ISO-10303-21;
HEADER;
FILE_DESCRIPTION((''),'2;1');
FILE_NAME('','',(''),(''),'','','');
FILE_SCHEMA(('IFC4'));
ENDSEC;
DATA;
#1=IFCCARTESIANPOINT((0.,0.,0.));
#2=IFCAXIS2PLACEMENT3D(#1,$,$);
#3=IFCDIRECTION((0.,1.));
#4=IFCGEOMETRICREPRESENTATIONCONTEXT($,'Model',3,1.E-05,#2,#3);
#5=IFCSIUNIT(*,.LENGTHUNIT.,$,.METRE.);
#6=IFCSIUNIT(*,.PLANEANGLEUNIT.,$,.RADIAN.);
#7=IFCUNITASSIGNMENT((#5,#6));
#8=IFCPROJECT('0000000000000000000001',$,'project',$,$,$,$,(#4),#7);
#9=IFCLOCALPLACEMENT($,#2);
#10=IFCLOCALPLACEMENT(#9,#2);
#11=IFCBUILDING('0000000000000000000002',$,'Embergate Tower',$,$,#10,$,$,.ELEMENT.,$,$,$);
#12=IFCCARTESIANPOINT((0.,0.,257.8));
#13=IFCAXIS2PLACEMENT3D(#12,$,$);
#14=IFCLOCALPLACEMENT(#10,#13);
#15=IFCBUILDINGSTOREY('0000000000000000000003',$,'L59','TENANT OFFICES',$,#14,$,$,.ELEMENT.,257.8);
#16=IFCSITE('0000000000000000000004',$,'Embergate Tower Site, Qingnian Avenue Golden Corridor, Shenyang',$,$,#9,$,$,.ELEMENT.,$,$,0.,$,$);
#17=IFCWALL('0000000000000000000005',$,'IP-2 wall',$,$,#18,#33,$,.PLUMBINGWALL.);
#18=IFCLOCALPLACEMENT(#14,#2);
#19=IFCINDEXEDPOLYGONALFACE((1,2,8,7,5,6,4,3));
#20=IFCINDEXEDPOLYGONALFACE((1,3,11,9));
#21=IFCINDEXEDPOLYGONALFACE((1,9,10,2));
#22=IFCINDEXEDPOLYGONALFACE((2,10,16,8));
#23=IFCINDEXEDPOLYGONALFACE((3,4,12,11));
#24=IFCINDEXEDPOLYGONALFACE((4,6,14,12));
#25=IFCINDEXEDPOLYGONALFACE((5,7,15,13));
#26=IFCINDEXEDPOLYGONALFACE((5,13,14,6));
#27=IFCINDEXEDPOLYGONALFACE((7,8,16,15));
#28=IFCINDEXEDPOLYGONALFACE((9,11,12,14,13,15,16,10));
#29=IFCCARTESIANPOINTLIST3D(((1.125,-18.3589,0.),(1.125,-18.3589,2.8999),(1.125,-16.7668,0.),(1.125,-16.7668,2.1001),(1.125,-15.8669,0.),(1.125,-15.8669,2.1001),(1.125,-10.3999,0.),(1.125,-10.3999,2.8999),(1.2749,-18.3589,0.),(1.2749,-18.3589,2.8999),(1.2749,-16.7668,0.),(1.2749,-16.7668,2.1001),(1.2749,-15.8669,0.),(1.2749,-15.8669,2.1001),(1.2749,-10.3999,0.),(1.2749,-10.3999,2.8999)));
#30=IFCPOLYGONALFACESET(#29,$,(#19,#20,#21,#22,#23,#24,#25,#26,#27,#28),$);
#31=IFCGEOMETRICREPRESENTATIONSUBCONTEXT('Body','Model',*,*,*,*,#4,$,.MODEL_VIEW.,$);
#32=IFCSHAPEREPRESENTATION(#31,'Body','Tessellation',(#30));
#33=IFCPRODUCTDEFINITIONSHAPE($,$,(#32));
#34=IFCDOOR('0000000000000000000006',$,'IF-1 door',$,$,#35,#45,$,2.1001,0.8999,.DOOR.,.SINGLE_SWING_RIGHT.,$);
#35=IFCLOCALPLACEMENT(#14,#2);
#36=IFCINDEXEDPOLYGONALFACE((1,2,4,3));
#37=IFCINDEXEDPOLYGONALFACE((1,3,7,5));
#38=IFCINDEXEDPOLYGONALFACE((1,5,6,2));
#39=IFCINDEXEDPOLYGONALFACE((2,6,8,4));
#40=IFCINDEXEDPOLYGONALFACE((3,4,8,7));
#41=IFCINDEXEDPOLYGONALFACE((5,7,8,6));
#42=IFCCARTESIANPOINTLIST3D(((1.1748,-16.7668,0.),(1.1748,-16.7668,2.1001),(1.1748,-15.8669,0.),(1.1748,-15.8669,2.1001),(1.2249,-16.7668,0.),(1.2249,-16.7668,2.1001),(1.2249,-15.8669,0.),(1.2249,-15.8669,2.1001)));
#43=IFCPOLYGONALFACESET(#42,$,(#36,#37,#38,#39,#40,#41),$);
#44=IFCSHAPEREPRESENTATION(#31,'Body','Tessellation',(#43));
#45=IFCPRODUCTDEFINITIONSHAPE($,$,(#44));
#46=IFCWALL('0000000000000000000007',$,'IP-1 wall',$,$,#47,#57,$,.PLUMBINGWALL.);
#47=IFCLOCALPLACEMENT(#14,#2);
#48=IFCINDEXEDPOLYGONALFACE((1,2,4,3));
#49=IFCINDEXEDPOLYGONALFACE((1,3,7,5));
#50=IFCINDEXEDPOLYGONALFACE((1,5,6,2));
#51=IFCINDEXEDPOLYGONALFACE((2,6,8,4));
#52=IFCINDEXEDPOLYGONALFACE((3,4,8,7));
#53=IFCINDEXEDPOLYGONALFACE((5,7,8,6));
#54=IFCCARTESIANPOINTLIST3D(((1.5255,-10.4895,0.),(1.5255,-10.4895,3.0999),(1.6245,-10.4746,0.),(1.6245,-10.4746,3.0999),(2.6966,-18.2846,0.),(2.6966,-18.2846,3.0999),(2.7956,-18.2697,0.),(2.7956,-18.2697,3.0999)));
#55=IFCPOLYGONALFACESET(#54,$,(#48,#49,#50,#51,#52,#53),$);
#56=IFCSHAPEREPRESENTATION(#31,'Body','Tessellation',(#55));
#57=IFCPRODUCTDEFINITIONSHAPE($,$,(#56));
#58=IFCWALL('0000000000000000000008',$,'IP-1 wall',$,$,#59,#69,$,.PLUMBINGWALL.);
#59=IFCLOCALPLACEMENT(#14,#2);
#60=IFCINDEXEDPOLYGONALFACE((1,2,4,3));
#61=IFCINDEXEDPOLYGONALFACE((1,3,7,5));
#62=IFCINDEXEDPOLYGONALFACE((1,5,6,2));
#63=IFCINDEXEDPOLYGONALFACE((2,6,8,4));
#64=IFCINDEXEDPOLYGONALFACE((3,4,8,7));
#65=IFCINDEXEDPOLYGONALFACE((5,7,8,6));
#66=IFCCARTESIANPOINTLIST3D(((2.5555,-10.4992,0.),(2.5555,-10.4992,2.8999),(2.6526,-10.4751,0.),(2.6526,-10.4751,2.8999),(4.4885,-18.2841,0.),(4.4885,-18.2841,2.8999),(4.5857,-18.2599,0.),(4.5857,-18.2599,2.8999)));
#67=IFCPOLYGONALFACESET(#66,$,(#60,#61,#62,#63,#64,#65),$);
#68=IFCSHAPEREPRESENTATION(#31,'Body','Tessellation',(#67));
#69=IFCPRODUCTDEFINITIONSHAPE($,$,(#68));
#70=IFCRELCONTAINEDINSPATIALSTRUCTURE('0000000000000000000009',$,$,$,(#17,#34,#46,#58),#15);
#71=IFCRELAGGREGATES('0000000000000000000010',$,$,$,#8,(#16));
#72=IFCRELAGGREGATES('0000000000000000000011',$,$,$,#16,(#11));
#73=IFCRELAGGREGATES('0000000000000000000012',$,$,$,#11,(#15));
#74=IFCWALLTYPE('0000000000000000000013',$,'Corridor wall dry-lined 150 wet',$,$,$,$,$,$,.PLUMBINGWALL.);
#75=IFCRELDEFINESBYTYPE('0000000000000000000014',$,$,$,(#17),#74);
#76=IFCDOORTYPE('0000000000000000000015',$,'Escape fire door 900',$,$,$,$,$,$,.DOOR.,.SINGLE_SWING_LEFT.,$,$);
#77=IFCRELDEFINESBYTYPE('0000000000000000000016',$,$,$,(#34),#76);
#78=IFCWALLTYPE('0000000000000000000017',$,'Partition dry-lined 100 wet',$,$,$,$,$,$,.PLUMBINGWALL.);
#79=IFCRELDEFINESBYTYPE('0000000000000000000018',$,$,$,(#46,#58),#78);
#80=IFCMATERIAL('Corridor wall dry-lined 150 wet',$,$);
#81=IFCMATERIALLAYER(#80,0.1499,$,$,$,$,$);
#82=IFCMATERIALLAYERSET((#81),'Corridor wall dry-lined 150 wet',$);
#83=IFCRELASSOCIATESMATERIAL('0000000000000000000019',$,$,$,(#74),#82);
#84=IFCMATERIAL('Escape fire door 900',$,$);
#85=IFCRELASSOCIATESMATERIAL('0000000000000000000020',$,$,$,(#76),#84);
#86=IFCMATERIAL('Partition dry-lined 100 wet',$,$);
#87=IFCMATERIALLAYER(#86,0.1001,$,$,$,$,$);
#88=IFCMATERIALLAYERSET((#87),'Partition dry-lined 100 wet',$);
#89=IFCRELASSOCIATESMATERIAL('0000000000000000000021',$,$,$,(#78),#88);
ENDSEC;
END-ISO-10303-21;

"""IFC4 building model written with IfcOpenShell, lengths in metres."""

from ifc_helpers import new_model, si_unit, direction, frame, frame_2d, origin, place, context, subcontext, project, spatial, rectangle, extrude, source, transform, mapped, material, layer, layer_set, type_object, element, fill, save


model = new_model("IFC4")

# Units and contexts
model_context = context("Model", 3, precision=1e-05, world=origin(), true_north=direction((0.0, 1.0)))
body_context = subcontext(model_context, "Body", "Model", "MODEL_VIEW")
ifc_project = project(units=[si_unit("LENGTHUNIT", "METRE"), si_unit("PLANEANGLEUNIT", "RADIAN")], contexts=[model_context])

# Site, building, storey
site_placement = place(None, origin())
site = spatial("IfcSite", under=ifc_project, at=site_placement, Name="Embergate Tower Site, Qingnian Avenue Golden Corridor, Shenyang", CompositionType="ELEMENT", RefElevation=0.0)
building_placement = place(site_placement, origin())
building = spatial("IfcBuilding", under=site, at=building_placement, Name="Embergate Tower", CompositionType="ELEMENT")
storey_placement = place(building_placement, frame((0.0, 0.0, 257.8)))
storey = spatial("IfcBuildingStorey", under=building, at=storey_placement, Name="L59", Description="TENANT OFFICES", CompositionType="ELEMENT", Elevation=257.8)

# Shared definitions
shared_shape_1 = source(origin(), body_context, "Body", "SweptSolid", [
    extrude(rectangle(XDim=0.8999, YDim=2.1001, at=frame_2d((0.45, 1.05))), frame((0.0, 0.0249, 0.0), z_axis=(0.0, -1.0, 0.0), x_axis=(1.0, 0.0, 0.0)), (0.0, 0.0, 1.0), 0.05),
])

# Wall, opening, door
ifc_material_1 = material(Name="Corridor wall dry-lined 150 wet")
ifc_layer_1 = layer(ifc_material_1, 0.1499)
ifc_layer_set_1 = layer_set([ifc_layer_1], Name="Corridor wall dry-lined 150 wet")
wall_type_1 = type_object("IfcWallType", Name="Corridor wall dry-lined 150 wet", PredefinedType="PLUMBINGWALL", material=ifc_layer_set_1)
shared_shape_2 = source(origin(), body_context, "Body", "SweptSolid", [
    extrude(rectangle(XDim=7.959, YDim=0.1499, at=frame_2d((3.9795, 0.0))), origin(), (0.0, 0.0, 1.0), 2.8999),
])
wall_1_placement = place(storey_placement, frame((1.2, -10.3999, 0.0), z_axis=(0.0, 0.0, 1.0), x_axis=(0.0, -1.0, 0.0)))
wall_1 = element("IfcWall", 1, at=wall_1_placement, inside=storey, type_object=wall_type_1, Name="IP-2 wall", PredefinedType="PLUMBINGWALL", context=body_context, shape_type="MappedRepresentation", body=[
    mapped(shared_shape_2, transform((0.0, 0.0, 0.0))),
])
shared_shape_3 = source(origin(), body_context, "Body", "SweptSolid", [
    extrude(rectangle(XDim=0.8999, YDim=2.1001, at=frame_2d((0.45, 1.05))), frame((0.0, 0.085, 0.0), z_axis=(0.0, -1.0, 0.0), x_axis=(1.0, 0.0, 0.0)), (0.0, 0.0, 1.0), 0.1699),
])
opening_1_placement = place(wall_1_placement, frame((5.467, 0.0, 0.0)))
opening_1 = element("IfcOpeningElement", 2, at=opening_1_placement, cuts=wall_1, PredefinedType="OPENING", context=body_context, shape_type="MappedRepresentation", body=[
    mapped(shared_shape_3, transform((0.0, 0.0, 0.0))),
])
ifc_material_2 = material(Name="Escape fire door 900")
door_type_1 = type_object("IfcDoorType", Name="Escape fire door 900", OperationType="SINGLE_SWING_LEFT", PredefinedType="DOOR", material=ifc_material_2)
door_1_placement = place(opening_1_placement, origin())
door_1 = element("IfcDoor", 3, at=door_1_placement, inside=storey, type_object=door_type_1, Name="IF-1 door", OperationType="SINGLE_SWING_RIGHT", OverallHeight=2.1001, OverallWidth=0.8999, PredefinedType="DOOR", context=body_context, shape_type="MappedRepresentation", body=[
    mapped(shared_shape_1, transform((0.0, 0.0, 0.0))),
])
fill(opening_1, door_1)

# Walls
ifc_material_3 = material(Name="Partition dry-lined 100 wet")
ifc_layer_2 = layer(ifc_material_3, 0.1001)
ifc_layer_set_2 = layer_set([ifc_layer_2], Name="Partition dry-lined 100 wet")
wall_type_2 = type_object("IfcWallType", Name="Partition dry-lined 100 wet", PredefinedType="PLUMBINGWALL", material=ifc_layer_set_2)
shared_shape_4 = source(origin(), body_context, "Body", "SweptSolid", [
    extrude(rectangle(XDim=7.8826, YDim=0.1001, at=frame_2d((3.9414, 0.0))), origin(), (0.0, 0.0, 1.0), 3.0999),
])
wall_2_placement = place(storey_placement, frame((1.575, -10.4819, 0.0), z_axis=(0.0, 0.0, 1.0), x_axis=(0.148572, -0.988902, 0.0)))
element("IfcWall", 4, at=wall_2_placement, inside=storey, type_object=wall_type_2, Name="IP-1 wall", PredefinedType="PLUMBINGWALL", context=body_context, shape_type="MappedRepresentation", body=[
    mapped(shared_shape_4, transform((0.0, 0.0, 0.0))),
])
shared_shape_5 = source(origin(), body_context, "Body", "SweptSolid", [
    extrude(rectangle(XDim=8.0212, YDim=0.1001, at=frame_2d((4.0107, 0.0))), origin(), (0.0, 0.0, 1.0), 2.8999),
])
wall_3_placement = place(storey_placement, frame((2.604, -10.4871, 0.0), z_axis=(0.0, 0.0, 1.0), x_axis=(0.240996, -0.970526, 0.0)))
element("IfcWall", 5, at=wall_3_placement, inside=storey, type_object=wall_type_2, Name="IP-1 wall", PredefinedType="PLUMBINGWALL", context=body_context, shape_type="MappedRepresentation", body=[
    mapped(shared_shape_5, transform((0.0, 0.0, 0.0))),
])

save(model, "model.ifc")
